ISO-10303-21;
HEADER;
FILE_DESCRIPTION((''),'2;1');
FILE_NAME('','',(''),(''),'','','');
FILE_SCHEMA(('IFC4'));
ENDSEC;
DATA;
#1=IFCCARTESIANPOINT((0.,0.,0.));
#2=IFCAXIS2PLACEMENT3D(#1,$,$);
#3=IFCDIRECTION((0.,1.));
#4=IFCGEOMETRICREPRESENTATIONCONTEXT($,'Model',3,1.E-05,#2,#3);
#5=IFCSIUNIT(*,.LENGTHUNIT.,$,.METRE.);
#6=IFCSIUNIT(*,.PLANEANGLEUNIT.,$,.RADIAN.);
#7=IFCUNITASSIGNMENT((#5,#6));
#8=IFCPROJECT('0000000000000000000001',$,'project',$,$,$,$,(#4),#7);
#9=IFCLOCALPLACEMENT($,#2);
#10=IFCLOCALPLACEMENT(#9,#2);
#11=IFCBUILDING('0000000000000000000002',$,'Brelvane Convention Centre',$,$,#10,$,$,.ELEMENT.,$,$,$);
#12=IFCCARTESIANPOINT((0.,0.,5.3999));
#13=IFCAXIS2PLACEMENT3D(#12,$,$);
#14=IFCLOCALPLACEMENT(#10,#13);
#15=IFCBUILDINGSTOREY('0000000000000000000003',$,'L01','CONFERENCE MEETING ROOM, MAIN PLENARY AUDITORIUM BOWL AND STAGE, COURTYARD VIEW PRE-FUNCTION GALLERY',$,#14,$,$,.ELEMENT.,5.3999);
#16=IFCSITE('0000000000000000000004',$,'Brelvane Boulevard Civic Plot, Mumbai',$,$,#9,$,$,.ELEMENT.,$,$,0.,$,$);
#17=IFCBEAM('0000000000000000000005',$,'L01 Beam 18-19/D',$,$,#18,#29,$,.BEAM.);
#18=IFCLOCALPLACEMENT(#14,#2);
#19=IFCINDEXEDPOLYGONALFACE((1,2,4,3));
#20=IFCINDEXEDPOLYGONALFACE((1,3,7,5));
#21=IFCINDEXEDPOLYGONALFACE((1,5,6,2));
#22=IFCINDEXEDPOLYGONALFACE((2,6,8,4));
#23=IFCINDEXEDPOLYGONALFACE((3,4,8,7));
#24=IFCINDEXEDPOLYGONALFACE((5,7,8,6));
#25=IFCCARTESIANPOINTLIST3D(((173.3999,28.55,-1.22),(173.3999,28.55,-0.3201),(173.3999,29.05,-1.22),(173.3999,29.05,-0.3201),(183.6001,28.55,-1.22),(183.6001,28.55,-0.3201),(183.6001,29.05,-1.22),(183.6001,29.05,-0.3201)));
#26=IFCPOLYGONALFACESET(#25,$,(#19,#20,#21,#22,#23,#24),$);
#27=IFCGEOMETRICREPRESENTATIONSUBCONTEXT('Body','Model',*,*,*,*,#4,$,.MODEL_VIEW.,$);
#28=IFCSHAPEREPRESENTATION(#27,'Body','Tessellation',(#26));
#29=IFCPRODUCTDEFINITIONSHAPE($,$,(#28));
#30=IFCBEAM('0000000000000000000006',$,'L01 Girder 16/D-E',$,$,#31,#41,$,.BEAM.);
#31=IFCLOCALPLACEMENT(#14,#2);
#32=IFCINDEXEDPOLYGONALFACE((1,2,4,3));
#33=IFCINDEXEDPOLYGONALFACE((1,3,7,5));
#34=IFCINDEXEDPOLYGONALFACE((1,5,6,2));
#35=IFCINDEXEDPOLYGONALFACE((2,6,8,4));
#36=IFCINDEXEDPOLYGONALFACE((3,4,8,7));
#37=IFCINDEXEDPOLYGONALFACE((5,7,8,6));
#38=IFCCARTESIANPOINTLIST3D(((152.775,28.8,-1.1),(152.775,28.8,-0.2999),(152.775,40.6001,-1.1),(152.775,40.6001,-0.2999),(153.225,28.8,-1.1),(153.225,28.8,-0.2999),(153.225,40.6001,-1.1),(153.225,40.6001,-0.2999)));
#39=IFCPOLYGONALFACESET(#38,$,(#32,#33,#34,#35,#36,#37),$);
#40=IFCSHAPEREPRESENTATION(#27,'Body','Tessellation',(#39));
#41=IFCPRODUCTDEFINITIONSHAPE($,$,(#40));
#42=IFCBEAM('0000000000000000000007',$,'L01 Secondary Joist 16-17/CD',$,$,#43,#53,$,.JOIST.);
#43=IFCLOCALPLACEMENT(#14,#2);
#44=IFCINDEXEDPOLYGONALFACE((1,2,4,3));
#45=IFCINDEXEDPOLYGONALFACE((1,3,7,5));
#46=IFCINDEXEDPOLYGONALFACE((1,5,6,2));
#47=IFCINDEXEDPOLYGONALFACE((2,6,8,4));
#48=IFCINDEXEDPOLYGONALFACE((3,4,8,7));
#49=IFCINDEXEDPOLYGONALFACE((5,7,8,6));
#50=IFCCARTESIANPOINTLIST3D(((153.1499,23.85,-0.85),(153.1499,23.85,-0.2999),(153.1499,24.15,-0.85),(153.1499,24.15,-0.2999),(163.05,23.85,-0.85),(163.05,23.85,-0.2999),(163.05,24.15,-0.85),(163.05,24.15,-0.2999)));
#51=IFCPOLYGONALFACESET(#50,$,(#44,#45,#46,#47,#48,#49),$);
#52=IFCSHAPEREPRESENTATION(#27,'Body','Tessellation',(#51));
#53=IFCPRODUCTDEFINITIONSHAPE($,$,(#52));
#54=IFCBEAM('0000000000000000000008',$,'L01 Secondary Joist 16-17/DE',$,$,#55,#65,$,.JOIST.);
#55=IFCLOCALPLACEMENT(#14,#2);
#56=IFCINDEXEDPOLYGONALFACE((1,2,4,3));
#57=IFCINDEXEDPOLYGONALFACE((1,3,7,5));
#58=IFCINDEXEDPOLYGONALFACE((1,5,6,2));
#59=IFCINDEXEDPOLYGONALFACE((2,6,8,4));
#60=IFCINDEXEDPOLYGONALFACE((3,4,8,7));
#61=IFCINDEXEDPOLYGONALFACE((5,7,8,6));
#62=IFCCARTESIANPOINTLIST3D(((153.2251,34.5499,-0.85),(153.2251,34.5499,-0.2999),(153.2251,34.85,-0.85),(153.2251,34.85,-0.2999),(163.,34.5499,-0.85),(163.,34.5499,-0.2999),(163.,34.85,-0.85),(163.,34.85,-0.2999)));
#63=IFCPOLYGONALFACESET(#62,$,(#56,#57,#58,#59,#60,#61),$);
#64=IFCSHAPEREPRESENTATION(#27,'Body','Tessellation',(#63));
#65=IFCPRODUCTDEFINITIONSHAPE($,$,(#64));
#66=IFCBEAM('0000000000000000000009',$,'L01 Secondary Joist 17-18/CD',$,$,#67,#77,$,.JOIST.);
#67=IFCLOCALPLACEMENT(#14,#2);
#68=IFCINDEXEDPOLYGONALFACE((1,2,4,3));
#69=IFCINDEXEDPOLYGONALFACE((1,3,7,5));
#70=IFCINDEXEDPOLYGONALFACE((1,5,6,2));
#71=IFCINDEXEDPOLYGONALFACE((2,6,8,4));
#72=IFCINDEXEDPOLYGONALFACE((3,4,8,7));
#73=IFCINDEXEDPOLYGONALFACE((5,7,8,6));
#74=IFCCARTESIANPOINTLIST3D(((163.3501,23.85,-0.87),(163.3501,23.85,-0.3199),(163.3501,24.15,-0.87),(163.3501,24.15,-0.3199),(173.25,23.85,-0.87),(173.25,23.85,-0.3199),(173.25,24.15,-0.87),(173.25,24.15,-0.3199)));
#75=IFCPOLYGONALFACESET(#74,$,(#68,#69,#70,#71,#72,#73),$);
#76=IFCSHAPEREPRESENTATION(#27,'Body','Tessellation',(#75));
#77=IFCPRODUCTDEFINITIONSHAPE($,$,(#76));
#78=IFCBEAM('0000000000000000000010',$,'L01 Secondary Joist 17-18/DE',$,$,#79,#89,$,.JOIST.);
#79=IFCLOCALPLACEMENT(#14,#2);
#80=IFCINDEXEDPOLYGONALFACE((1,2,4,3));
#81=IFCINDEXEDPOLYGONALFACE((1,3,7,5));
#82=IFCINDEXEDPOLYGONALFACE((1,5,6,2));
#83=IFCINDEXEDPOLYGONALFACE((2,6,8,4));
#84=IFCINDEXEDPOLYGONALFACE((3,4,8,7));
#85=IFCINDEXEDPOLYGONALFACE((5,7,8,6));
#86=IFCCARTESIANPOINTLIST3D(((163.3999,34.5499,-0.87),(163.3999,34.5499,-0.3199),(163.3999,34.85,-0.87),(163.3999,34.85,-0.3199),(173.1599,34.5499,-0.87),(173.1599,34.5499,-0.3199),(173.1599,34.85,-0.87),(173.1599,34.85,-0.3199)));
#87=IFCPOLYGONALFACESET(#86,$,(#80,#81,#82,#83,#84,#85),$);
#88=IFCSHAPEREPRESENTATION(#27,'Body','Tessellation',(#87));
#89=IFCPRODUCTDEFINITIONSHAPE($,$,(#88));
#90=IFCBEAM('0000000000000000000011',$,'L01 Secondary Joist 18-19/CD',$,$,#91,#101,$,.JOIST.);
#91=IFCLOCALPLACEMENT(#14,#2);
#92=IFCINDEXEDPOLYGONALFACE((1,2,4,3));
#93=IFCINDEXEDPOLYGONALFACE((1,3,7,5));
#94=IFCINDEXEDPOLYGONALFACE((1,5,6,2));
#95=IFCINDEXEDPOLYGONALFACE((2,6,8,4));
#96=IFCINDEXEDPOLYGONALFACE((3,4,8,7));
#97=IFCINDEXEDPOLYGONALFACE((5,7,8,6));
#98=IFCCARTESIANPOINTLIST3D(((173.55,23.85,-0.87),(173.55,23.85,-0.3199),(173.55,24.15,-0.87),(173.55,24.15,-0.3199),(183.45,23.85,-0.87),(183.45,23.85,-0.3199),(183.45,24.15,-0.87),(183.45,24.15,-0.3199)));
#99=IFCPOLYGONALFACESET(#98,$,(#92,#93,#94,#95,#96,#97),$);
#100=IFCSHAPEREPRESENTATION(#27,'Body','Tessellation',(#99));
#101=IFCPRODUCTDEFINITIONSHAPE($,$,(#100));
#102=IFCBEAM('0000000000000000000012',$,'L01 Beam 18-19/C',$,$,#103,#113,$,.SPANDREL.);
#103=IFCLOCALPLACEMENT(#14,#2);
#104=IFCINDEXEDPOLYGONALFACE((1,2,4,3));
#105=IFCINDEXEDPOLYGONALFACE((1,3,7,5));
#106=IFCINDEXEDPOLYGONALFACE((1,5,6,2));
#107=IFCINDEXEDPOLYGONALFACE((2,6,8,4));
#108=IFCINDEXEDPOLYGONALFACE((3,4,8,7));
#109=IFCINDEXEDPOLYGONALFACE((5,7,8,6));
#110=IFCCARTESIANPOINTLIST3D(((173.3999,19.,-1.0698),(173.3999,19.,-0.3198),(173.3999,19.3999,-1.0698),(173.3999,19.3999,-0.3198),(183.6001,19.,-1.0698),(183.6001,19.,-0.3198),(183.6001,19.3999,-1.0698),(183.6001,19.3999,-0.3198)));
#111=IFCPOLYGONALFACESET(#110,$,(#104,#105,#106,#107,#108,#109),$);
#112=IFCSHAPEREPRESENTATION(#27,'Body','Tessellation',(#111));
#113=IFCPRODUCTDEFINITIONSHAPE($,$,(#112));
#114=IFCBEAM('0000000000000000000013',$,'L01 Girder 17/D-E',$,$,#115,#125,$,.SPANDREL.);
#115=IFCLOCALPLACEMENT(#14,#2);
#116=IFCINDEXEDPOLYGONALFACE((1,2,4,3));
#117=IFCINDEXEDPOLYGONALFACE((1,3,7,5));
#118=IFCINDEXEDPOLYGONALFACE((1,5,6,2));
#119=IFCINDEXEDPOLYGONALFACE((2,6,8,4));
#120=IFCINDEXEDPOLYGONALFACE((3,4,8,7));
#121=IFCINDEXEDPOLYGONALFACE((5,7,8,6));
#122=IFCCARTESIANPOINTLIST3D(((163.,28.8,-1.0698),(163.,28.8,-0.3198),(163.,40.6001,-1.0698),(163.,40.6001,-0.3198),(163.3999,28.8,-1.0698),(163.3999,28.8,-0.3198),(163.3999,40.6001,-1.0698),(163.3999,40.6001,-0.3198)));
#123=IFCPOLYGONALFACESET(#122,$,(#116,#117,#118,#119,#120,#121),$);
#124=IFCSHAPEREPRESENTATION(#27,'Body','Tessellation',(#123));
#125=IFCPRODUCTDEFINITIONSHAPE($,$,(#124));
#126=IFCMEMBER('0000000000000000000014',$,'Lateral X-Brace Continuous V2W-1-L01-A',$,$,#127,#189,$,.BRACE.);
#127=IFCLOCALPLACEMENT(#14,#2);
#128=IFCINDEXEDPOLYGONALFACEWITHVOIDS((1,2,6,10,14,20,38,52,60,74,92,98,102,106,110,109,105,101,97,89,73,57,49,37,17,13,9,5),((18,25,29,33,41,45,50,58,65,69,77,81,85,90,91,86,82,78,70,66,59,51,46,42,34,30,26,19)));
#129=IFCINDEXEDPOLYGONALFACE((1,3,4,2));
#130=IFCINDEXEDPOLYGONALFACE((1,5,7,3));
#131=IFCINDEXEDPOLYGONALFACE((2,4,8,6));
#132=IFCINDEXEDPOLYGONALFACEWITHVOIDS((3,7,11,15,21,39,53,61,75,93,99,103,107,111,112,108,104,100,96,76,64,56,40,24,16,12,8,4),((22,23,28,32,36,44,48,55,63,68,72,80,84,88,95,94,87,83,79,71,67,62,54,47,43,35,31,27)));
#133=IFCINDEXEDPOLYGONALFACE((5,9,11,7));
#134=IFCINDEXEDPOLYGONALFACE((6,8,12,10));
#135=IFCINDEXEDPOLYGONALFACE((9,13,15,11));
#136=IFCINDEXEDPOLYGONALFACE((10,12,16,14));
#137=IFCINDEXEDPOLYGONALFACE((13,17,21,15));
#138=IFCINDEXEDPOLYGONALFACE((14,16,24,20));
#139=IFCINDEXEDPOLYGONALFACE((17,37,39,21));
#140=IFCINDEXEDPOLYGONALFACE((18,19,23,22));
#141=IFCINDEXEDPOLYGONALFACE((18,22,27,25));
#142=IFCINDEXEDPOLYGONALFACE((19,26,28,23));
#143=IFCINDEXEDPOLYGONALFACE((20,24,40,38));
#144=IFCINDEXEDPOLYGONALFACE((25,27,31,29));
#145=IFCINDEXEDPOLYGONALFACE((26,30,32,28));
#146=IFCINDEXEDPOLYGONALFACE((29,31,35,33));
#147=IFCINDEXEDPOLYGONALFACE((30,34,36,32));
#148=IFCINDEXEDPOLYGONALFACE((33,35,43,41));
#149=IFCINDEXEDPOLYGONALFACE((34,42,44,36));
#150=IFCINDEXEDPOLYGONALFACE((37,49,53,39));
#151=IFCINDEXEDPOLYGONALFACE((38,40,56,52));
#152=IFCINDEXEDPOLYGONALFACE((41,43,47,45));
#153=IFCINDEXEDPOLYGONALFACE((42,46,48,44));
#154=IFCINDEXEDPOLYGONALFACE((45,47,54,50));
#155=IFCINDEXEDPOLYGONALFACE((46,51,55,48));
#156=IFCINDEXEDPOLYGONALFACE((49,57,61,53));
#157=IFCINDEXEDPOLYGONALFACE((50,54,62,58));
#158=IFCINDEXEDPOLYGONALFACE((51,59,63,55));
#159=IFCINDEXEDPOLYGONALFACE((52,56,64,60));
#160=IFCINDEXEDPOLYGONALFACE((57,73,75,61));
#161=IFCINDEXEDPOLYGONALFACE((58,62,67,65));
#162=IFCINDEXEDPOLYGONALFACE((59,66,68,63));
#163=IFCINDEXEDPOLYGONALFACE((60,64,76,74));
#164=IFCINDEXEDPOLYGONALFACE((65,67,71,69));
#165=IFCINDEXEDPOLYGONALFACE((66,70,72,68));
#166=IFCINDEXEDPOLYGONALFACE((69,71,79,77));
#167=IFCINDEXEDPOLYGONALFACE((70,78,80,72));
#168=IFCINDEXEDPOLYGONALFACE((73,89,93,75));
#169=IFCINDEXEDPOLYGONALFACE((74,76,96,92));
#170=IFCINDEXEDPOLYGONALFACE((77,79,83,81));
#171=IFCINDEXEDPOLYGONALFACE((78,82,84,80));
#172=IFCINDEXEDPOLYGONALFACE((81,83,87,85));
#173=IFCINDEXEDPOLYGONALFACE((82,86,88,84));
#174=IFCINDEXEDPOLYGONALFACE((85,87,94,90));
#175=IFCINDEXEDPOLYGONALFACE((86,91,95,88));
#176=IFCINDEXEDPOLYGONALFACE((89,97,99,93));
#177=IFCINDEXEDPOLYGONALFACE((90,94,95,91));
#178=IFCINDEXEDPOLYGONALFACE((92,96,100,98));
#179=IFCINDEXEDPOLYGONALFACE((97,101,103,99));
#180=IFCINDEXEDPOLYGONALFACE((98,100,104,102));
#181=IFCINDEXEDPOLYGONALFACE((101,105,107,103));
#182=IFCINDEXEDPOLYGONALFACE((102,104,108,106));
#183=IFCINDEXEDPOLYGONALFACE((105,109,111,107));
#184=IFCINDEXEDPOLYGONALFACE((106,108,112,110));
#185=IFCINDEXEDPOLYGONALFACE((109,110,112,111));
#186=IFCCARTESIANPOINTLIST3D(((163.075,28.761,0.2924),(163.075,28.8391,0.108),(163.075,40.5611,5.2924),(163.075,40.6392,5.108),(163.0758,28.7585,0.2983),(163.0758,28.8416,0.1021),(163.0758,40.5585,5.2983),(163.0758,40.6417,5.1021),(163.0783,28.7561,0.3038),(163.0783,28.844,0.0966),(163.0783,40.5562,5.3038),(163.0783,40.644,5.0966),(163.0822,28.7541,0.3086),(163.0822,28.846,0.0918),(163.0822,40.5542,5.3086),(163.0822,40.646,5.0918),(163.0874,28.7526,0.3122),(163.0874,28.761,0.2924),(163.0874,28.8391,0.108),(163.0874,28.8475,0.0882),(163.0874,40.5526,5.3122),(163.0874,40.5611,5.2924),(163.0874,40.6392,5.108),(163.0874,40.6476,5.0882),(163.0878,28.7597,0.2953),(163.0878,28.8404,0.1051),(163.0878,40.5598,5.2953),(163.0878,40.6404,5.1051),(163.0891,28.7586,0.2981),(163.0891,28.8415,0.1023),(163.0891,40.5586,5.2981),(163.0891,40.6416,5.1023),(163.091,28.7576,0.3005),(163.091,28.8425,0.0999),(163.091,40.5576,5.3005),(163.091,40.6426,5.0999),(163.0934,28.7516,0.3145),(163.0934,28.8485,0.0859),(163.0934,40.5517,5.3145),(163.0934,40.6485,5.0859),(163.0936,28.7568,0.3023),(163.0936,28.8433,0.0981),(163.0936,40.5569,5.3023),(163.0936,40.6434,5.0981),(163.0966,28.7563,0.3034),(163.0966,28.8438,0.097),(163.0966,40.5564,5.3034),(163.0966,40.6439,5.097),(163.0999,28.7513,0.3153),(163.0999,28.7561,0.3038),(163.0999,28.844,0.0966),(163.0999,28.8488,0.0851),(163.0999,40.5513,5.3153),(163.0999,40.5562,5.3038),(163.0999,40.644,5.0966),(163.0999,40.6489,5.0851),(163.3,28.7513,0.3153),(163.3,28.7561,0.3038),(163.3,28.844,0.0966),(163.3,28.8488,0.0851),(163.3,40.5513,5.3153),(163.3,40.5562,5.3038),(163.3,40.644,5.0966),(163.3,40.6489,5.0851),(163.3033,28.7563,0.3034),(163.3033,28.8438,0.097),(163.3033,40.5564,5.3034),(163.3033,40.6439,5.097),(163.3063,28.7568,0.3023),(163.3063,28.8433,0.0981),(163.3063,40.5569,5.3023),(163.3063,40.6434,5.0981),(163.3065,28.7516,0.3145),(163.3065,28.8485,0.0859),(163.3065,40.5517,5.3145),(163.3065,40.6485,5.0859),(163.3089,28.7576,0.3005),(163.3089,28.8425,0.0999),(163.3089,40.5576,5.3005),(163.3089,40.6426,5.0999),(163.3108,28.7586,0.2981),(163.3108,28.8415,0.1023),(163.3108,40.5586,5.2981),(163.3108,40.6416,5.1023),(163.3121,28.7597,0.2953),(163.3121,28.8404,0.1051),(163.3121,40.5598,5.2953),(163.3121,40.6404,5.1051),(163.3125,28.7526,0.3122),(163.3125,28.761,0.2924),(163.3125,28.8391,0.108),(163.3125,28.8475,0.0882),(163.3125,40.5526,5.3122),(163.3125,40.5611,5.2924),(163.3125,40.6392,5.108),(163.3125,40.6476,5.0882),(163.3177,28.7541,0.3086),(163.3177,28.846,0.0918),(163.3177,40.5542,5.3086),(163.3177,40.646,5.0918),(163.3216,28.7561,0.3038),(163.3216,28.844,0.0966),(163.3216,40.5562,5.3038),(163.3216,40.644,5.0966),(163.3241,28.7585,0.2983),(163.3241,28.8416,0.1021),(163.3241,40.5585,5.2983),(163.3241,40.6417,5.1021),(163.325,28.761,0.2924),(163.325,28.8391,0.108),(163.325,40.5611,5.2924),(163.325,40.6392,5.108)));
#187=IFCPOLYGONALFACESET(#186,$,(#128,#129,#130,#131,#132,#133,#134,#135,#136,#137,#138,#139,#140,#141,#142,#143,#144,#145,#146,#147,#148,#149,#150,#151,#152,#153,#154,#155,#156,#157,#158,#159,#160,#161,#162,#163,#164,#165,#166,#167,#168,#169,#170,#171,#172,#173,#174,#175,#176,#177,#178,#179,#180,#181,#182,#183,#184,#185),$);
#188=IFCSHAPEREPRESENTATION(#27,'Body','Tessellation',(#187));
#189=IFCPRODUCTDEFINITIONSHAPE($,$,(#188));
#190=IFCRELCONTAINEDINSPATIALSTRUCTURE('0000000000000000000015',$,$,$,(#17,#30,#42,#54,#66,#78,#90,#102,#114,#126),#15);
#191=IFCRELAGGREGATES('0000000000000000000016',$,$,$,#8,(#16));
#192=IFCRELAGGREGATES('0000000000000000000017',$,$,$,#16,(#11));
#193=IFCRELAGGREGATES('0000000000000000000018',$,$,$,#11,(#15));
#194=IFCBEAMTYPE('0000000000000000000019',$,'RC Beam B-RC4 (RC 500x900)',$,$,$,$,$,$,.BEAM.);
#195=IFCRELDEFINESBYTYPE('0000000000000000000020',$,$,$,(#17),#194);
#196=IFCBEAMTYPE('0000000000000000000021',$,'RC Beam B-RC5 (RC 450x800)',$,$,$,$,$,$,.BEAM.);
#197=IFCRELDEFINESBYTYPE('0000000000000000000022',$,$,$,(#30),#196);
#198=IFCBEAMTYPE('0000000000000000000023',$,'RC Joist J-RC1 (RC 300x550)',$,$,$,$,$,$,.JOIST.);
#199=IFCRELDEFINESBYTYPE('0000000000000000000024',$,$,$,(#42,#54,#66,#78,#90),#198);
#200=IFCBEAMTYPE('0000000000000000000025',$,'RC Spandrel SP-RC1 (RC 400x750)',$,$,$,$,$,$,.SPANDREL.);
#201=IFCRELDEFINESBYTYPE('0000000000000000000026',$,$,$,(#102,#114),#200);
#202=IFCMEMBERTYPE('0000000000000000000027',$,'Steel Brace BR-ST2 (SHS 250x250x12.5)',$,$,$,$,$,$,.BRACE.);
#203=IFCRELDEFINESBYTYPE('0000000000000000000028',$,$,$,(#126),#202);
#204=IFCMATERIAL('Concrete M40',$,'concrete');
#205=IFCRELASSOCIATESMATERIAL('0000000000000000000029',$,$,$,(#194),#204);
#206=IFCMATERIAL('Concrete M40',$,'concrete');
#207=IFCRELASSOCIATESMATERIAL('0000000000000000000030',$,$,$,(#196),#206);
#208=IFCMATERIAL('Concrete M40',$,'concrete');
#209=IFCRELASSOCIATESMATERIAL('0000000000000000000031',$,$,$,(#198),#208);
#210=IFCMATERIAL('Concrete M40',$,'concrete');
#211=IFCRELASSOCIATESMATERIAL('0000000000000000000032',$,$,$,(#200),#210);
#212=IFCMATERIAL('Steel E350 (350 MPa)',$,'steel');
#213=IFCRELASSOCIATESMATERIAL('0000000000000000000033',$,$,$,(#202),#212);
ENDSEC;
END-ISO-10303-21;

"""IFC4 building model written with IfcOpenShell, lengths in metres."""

from ifc_helpers import new_model, si_unit, direction, frame, origin, origin_2d, place, context, subcontext, project, spatial, rectangle, hollow_rectangle, extrude, material, material_profile, profile_set, type_object, element, save


model = new_model("IFC4")

# Units and contexts
model_context = context("Model", 3, precision=1e-05, world=origin(), true_north=direction((0.0, 1.0)))
body_context = subcontext(model_context, "Body", "Model", "MODEL_VIEW")
ifc_project = project(units=[si_unit("LENGTHUNIT", "METRE"), si_unit("PLANEANGLEUNIT", "RADIAN")], contexts=[model_context])

# Site, building, storey
site_placement = place(None, origin())
site = spatial("IfcSite", under=ifc_project, at=site_placement, Name="Brelvane Boulevard Civic Plot, Mumbai", CompositionType="ELEMENT", RefElevation=0.0)
building_placement = place(site_placement, origin())
building = spatial("IfcBuilding", under=site, at=building_placement, Name="Brelvane Convention Centre", CompositionType="ELEMENT")
storey_placement = place(building_placement, frame((0.0, 0.0, 5.3999)))
storey = spatial("IfcBuildingStorey", under=building, at=storey_placement, Name="L01", Description="CONFERENCE MEETING ROOM, MAIN PLENARY AUDITORIUM BOWL AND STAGE, COURTYARD VIEW PRE-FUNCTION GALLERY", CompositionType="ELEMENT", Elevation=5.3999)

# Beams
ifc_material_1 = material(Name="Concrete M40", Category="concrete")
ifc_material_profile_1 = material_profile(ifc_material_1, rectangle(XDim=0.5, YDim=0.8999, at=origin_2d()), Name="RC 500x900")
ifc_profile_set_1 = profile_set([ifc_material_profile_1], Name="Concrete M40")
beam_type_1 = type_object("IfcBeamType", Name="RC Beam B-RC4 (RC 500x900)", PredefinedType="BEAM", material=ifc_profile_set_1)
beam_1_placement = place(storey_placement, frame((173.3999, 28.8, -0.77), z_axis=(1.0, 0.0, 0.0), x_axis=(0.0, 1.0, 0.0)))
element("IfcBeam", 1, at=beam_1_placement, inside=storey, type_object=beam_type_1, Name="L01 Beam 18-19/D", PredefinedType="BEAM", context=body_context, shape_type="SweptSolid", body=[
    extrude(rectangle(XDim=0.5, YDim=0.8999, at=origin_2d()), origin(), (0.0, 0.0, 1.0), 10.2002),
])
ifc_material_2 = material(Name="Concrete M40", Category="concrete")
ifc_material_profile_2 = material_profile(ifc_material_2, rectangle(XDim=0.45, YDim=0.8, at=origin_2d()), Name="RC 450x800")
ifc_profile_set_2 = profile_set([ifc_material_profile_2], Name="Concrete M40")
beam_type_2 = type_object("IfcBeamType", Name="RC Beam B-RC5 (RC 450x800)", PredefinedType="BEAM", material=ifc_profile_set_2)
beam_2_placement = place(storey_placement, frame((153.0, 28.8, -0.7), z_axis=(0.0, 1.0, 0.0), x_axis=(-1.0, 0.0, 0.0)))
element("IfcBeam", 2, at=beam_2_placement, inside=storey, type_object=beam_type_2, Name="L01 Girder 16/D-E", PredefinedType="BEAM", context=body_context, shape_type="SweptSolid", body=[
    extrude(rectangle(XDim=0.45, YDim=0.8, at=origin_2d()), origin(), (0.0, 0.0, 1.0), 11.8),
])
ifc_material_3 = material(Name="Concrete M40", Category="concrete")
ifc_material_profile_3 = material_profile(ifc_material_3, rectangle(XDim=0.3, YDim=0.55, at=origin_2d()), Name="RC 300x550")
ifc_profile_set_3 = profile_set([ifc_material_profile_3], Name="Concrete M40")
beam_type_3 = type_object("IfcBeamType", Name="RC Joist J-RC1 (RC 300x550)", PredefinedType="JOIST", material=ifc_profile_set_3)
beam_3_placement = place(storey_placement, frame((153.1499, 24.0, -0.575), z_axis=(1.0, 0.0, 0.0), x_axis=(0.0, 1.0, 0.0)))
element("IfcBeam", 3, at=beam_3_placement, inside=storey, type_object=beam_type_3, Name="L01 Secondary Joist 16-17/CD", PredefinedType="JOIST", context=body_context, shape_type="SweptSolid", body=[
    extrude(rectangle(XDim=0.3, YDim=0.55, at=origin_2d()), origin(), (0.0, 0.0, 1.0), 9.9001),
])
beam_4_placement = place(storey_placement, frame((153.2251, 34.7, -0.575), z_axis=(1.0, 0.0, 0.0), x_axis=(0.0, 1.0, 0.0)))
element("IfcBeam", 4, at=beam_4_placement, inside=storey, type_object=beam_type_3, Name="L01 Secondary Joist 16-17/DE", PredefinedType="JOIST", context=body_context, shape_type="SweptSolid", body=[
    extrude(rectangle(XDim=0.3, YDim=0.55, at=origin_2d()), origin(), (0.0, 0.0, 1.0), 9.7749),
])
beam_5_placement = place(storey_placement, frame((163.3501, 24.0, -0.595), z_axis=(1.0, 0.0, 0.0), x_axis=(0.0, 1.0, 0.0)))
element("IfcBeam", 5, at=beam_5_placement, inside=storey, type_object=beam_type_3, Name="L01 Secondary Joist 17-18/CD", PredefinedType="JOIST", context=body_context, shape_type="SweptSolid", body=[
    extrude(rectangle(XDim=0.3, YDim=0.55, at=origin_2d()), origin(), (0.0, 0.0, 1.0), 9.8999),
])
beam_6_placement = place(storey_placement, frame((163.3999, 34.7, -0.595), z_axis=(1.0, 0.0, 0.0), x_axis=(0.0, 1.0, 0.0)))
element("IfcBeam", 6, at=beam_6_placement, inside=storey, type_object=beam_type_3, Name="L01 Secondary Joist 17-18/DE", PredefinedType="JOIST", context=body_context, shape_type="SweptSolid", body=[
    extrude(rectangle(XDim=0.3, YDim=0.55, at=origin_2d()), origin(), (0.0, 0.0, 1.0), 9.76),
])
beam_7_placement = place(storey_placement, frame((173.55, 24.0, -0.595), z_axis=(1.0, 0.0, 0.0), x_axis=(0.0, 1.0, 0.0)))
element("IfcBeam", 7, at=beam_7_placement, inside=storey, type_object=beam_type_3, Name="L01 Secondary Joist 18-19/CD", PredefinedType="JOIST", context=body_context, shape_type="SweptSolid", body=[
    extrude(rectangle(XDim=0.3, YDim=0.55, at=origin_2d()), origin(), (0.0, 0.0, 1.0), 9.8999),
])
ifc_material_4 = material(Name="Concrete M40", Category="concrete")
ifc_material_profile_4 = material_profile(ifc_material_4, rectangle(XDim=0.3999, YDim=0.75, at=origin_2d()), Name="RC 400x750")
ifc_profile_set_4 = profile_set([ifc_material_profile_4], Name="Concrete M40")
beam_type_4 = type_object("IfcBeamType", Name="RC Spandrel SP-RC1 (RC 400x750)", PredefinedType="SPANDREL", material=ifc_profile_set_4)
beam_8_placement = place(storey_placement, frame((173.3999, 19.2, -0.6948), z_axis=(1.0, 0.0, 0.0), x_axis=(0.0, 1.0, 0.0)))
element("IfcBeam", 8, at=beam_8_placement, inside=storey, type_object=beam_type_4, Name="L01 Beam 18-19/C", PredefinedType="SPANDREL", context=body_context, shape_type="SweptSolid", body=[
    extrude(rectangle(XDim=0.3999, YDim=0.75, at=origin_2d()), origin(), (0.0, 0.0, 1.0), 10.2002),
])
beam_9_placement = place(storey_placement, frame((163.2, 28.8, -0.6948), z_axis=(0.0, 1.0, 0.0), x_axis=(-1.0, 0.0, 0.0)))
element("IfcBeam", 9, at=beam_9_placement, inside=storey, type_object=beam_type_4, Name="L01 Girder 17/D-E", PredefinedType="SPANDREL", context=body_context, shape_type="SweptSolid", body=[
    extrude(rectangle(XDim=0.3999, YDim=0.75, at=origin_2d()), origin(), (0.0, 0.0, 1.0), 11.8),
])

# Member
ifc_material_5 = material(Name="Steel E350 (350 MPa)", Category="steel")
ifc_material_profile_5 = material_profile(ifc_material_5, hollow_rectangle(XDim=0.25, YDim=0.25, WallThickness=0.0125, InnerFilletRadius=0.0125, OuterFilletRadius=0.0249, at=origin_2d()), Name="SHS 250x250x12.5")
ifc_profile_set_5 = profile_set([ifc_material_profile_5], Name="Steel E350 (350 MPa)")
member_type_1 = type_object("IfcMemberType", Name="Steel Brace BR-ST2 (SHS 250x250x12.5)", PredefinedType="BRACE", material=ifc_profile_set_5)
member_1_placement = place(storey_placement, frame((163.2, 28.8, 0.2002), z_axis=(0.0, 0.920752, 0.390148), x_axis=(-1.0, 0.0, 0.0)))
element("IfcMember", 10, at=member_1_placement, inside=storey, type_object=member_type_1, Name="Lateral X-Brace Continuous V2W-1-L01-A", PredefinedType="BRACE", context=body_context, shape_type="SweptSolid", body=[
    extrude(hollow_rectangle(XDim=0.25, YDim=0.25, WallThickness=0.0125, InnerFilletRadius=0.0125, OuterFilletRadius=0.0249, at=origin_2d()), origin(), (0.0, 0.0, 1.0), 12.8157),
])

save(model, "model.ifc")
